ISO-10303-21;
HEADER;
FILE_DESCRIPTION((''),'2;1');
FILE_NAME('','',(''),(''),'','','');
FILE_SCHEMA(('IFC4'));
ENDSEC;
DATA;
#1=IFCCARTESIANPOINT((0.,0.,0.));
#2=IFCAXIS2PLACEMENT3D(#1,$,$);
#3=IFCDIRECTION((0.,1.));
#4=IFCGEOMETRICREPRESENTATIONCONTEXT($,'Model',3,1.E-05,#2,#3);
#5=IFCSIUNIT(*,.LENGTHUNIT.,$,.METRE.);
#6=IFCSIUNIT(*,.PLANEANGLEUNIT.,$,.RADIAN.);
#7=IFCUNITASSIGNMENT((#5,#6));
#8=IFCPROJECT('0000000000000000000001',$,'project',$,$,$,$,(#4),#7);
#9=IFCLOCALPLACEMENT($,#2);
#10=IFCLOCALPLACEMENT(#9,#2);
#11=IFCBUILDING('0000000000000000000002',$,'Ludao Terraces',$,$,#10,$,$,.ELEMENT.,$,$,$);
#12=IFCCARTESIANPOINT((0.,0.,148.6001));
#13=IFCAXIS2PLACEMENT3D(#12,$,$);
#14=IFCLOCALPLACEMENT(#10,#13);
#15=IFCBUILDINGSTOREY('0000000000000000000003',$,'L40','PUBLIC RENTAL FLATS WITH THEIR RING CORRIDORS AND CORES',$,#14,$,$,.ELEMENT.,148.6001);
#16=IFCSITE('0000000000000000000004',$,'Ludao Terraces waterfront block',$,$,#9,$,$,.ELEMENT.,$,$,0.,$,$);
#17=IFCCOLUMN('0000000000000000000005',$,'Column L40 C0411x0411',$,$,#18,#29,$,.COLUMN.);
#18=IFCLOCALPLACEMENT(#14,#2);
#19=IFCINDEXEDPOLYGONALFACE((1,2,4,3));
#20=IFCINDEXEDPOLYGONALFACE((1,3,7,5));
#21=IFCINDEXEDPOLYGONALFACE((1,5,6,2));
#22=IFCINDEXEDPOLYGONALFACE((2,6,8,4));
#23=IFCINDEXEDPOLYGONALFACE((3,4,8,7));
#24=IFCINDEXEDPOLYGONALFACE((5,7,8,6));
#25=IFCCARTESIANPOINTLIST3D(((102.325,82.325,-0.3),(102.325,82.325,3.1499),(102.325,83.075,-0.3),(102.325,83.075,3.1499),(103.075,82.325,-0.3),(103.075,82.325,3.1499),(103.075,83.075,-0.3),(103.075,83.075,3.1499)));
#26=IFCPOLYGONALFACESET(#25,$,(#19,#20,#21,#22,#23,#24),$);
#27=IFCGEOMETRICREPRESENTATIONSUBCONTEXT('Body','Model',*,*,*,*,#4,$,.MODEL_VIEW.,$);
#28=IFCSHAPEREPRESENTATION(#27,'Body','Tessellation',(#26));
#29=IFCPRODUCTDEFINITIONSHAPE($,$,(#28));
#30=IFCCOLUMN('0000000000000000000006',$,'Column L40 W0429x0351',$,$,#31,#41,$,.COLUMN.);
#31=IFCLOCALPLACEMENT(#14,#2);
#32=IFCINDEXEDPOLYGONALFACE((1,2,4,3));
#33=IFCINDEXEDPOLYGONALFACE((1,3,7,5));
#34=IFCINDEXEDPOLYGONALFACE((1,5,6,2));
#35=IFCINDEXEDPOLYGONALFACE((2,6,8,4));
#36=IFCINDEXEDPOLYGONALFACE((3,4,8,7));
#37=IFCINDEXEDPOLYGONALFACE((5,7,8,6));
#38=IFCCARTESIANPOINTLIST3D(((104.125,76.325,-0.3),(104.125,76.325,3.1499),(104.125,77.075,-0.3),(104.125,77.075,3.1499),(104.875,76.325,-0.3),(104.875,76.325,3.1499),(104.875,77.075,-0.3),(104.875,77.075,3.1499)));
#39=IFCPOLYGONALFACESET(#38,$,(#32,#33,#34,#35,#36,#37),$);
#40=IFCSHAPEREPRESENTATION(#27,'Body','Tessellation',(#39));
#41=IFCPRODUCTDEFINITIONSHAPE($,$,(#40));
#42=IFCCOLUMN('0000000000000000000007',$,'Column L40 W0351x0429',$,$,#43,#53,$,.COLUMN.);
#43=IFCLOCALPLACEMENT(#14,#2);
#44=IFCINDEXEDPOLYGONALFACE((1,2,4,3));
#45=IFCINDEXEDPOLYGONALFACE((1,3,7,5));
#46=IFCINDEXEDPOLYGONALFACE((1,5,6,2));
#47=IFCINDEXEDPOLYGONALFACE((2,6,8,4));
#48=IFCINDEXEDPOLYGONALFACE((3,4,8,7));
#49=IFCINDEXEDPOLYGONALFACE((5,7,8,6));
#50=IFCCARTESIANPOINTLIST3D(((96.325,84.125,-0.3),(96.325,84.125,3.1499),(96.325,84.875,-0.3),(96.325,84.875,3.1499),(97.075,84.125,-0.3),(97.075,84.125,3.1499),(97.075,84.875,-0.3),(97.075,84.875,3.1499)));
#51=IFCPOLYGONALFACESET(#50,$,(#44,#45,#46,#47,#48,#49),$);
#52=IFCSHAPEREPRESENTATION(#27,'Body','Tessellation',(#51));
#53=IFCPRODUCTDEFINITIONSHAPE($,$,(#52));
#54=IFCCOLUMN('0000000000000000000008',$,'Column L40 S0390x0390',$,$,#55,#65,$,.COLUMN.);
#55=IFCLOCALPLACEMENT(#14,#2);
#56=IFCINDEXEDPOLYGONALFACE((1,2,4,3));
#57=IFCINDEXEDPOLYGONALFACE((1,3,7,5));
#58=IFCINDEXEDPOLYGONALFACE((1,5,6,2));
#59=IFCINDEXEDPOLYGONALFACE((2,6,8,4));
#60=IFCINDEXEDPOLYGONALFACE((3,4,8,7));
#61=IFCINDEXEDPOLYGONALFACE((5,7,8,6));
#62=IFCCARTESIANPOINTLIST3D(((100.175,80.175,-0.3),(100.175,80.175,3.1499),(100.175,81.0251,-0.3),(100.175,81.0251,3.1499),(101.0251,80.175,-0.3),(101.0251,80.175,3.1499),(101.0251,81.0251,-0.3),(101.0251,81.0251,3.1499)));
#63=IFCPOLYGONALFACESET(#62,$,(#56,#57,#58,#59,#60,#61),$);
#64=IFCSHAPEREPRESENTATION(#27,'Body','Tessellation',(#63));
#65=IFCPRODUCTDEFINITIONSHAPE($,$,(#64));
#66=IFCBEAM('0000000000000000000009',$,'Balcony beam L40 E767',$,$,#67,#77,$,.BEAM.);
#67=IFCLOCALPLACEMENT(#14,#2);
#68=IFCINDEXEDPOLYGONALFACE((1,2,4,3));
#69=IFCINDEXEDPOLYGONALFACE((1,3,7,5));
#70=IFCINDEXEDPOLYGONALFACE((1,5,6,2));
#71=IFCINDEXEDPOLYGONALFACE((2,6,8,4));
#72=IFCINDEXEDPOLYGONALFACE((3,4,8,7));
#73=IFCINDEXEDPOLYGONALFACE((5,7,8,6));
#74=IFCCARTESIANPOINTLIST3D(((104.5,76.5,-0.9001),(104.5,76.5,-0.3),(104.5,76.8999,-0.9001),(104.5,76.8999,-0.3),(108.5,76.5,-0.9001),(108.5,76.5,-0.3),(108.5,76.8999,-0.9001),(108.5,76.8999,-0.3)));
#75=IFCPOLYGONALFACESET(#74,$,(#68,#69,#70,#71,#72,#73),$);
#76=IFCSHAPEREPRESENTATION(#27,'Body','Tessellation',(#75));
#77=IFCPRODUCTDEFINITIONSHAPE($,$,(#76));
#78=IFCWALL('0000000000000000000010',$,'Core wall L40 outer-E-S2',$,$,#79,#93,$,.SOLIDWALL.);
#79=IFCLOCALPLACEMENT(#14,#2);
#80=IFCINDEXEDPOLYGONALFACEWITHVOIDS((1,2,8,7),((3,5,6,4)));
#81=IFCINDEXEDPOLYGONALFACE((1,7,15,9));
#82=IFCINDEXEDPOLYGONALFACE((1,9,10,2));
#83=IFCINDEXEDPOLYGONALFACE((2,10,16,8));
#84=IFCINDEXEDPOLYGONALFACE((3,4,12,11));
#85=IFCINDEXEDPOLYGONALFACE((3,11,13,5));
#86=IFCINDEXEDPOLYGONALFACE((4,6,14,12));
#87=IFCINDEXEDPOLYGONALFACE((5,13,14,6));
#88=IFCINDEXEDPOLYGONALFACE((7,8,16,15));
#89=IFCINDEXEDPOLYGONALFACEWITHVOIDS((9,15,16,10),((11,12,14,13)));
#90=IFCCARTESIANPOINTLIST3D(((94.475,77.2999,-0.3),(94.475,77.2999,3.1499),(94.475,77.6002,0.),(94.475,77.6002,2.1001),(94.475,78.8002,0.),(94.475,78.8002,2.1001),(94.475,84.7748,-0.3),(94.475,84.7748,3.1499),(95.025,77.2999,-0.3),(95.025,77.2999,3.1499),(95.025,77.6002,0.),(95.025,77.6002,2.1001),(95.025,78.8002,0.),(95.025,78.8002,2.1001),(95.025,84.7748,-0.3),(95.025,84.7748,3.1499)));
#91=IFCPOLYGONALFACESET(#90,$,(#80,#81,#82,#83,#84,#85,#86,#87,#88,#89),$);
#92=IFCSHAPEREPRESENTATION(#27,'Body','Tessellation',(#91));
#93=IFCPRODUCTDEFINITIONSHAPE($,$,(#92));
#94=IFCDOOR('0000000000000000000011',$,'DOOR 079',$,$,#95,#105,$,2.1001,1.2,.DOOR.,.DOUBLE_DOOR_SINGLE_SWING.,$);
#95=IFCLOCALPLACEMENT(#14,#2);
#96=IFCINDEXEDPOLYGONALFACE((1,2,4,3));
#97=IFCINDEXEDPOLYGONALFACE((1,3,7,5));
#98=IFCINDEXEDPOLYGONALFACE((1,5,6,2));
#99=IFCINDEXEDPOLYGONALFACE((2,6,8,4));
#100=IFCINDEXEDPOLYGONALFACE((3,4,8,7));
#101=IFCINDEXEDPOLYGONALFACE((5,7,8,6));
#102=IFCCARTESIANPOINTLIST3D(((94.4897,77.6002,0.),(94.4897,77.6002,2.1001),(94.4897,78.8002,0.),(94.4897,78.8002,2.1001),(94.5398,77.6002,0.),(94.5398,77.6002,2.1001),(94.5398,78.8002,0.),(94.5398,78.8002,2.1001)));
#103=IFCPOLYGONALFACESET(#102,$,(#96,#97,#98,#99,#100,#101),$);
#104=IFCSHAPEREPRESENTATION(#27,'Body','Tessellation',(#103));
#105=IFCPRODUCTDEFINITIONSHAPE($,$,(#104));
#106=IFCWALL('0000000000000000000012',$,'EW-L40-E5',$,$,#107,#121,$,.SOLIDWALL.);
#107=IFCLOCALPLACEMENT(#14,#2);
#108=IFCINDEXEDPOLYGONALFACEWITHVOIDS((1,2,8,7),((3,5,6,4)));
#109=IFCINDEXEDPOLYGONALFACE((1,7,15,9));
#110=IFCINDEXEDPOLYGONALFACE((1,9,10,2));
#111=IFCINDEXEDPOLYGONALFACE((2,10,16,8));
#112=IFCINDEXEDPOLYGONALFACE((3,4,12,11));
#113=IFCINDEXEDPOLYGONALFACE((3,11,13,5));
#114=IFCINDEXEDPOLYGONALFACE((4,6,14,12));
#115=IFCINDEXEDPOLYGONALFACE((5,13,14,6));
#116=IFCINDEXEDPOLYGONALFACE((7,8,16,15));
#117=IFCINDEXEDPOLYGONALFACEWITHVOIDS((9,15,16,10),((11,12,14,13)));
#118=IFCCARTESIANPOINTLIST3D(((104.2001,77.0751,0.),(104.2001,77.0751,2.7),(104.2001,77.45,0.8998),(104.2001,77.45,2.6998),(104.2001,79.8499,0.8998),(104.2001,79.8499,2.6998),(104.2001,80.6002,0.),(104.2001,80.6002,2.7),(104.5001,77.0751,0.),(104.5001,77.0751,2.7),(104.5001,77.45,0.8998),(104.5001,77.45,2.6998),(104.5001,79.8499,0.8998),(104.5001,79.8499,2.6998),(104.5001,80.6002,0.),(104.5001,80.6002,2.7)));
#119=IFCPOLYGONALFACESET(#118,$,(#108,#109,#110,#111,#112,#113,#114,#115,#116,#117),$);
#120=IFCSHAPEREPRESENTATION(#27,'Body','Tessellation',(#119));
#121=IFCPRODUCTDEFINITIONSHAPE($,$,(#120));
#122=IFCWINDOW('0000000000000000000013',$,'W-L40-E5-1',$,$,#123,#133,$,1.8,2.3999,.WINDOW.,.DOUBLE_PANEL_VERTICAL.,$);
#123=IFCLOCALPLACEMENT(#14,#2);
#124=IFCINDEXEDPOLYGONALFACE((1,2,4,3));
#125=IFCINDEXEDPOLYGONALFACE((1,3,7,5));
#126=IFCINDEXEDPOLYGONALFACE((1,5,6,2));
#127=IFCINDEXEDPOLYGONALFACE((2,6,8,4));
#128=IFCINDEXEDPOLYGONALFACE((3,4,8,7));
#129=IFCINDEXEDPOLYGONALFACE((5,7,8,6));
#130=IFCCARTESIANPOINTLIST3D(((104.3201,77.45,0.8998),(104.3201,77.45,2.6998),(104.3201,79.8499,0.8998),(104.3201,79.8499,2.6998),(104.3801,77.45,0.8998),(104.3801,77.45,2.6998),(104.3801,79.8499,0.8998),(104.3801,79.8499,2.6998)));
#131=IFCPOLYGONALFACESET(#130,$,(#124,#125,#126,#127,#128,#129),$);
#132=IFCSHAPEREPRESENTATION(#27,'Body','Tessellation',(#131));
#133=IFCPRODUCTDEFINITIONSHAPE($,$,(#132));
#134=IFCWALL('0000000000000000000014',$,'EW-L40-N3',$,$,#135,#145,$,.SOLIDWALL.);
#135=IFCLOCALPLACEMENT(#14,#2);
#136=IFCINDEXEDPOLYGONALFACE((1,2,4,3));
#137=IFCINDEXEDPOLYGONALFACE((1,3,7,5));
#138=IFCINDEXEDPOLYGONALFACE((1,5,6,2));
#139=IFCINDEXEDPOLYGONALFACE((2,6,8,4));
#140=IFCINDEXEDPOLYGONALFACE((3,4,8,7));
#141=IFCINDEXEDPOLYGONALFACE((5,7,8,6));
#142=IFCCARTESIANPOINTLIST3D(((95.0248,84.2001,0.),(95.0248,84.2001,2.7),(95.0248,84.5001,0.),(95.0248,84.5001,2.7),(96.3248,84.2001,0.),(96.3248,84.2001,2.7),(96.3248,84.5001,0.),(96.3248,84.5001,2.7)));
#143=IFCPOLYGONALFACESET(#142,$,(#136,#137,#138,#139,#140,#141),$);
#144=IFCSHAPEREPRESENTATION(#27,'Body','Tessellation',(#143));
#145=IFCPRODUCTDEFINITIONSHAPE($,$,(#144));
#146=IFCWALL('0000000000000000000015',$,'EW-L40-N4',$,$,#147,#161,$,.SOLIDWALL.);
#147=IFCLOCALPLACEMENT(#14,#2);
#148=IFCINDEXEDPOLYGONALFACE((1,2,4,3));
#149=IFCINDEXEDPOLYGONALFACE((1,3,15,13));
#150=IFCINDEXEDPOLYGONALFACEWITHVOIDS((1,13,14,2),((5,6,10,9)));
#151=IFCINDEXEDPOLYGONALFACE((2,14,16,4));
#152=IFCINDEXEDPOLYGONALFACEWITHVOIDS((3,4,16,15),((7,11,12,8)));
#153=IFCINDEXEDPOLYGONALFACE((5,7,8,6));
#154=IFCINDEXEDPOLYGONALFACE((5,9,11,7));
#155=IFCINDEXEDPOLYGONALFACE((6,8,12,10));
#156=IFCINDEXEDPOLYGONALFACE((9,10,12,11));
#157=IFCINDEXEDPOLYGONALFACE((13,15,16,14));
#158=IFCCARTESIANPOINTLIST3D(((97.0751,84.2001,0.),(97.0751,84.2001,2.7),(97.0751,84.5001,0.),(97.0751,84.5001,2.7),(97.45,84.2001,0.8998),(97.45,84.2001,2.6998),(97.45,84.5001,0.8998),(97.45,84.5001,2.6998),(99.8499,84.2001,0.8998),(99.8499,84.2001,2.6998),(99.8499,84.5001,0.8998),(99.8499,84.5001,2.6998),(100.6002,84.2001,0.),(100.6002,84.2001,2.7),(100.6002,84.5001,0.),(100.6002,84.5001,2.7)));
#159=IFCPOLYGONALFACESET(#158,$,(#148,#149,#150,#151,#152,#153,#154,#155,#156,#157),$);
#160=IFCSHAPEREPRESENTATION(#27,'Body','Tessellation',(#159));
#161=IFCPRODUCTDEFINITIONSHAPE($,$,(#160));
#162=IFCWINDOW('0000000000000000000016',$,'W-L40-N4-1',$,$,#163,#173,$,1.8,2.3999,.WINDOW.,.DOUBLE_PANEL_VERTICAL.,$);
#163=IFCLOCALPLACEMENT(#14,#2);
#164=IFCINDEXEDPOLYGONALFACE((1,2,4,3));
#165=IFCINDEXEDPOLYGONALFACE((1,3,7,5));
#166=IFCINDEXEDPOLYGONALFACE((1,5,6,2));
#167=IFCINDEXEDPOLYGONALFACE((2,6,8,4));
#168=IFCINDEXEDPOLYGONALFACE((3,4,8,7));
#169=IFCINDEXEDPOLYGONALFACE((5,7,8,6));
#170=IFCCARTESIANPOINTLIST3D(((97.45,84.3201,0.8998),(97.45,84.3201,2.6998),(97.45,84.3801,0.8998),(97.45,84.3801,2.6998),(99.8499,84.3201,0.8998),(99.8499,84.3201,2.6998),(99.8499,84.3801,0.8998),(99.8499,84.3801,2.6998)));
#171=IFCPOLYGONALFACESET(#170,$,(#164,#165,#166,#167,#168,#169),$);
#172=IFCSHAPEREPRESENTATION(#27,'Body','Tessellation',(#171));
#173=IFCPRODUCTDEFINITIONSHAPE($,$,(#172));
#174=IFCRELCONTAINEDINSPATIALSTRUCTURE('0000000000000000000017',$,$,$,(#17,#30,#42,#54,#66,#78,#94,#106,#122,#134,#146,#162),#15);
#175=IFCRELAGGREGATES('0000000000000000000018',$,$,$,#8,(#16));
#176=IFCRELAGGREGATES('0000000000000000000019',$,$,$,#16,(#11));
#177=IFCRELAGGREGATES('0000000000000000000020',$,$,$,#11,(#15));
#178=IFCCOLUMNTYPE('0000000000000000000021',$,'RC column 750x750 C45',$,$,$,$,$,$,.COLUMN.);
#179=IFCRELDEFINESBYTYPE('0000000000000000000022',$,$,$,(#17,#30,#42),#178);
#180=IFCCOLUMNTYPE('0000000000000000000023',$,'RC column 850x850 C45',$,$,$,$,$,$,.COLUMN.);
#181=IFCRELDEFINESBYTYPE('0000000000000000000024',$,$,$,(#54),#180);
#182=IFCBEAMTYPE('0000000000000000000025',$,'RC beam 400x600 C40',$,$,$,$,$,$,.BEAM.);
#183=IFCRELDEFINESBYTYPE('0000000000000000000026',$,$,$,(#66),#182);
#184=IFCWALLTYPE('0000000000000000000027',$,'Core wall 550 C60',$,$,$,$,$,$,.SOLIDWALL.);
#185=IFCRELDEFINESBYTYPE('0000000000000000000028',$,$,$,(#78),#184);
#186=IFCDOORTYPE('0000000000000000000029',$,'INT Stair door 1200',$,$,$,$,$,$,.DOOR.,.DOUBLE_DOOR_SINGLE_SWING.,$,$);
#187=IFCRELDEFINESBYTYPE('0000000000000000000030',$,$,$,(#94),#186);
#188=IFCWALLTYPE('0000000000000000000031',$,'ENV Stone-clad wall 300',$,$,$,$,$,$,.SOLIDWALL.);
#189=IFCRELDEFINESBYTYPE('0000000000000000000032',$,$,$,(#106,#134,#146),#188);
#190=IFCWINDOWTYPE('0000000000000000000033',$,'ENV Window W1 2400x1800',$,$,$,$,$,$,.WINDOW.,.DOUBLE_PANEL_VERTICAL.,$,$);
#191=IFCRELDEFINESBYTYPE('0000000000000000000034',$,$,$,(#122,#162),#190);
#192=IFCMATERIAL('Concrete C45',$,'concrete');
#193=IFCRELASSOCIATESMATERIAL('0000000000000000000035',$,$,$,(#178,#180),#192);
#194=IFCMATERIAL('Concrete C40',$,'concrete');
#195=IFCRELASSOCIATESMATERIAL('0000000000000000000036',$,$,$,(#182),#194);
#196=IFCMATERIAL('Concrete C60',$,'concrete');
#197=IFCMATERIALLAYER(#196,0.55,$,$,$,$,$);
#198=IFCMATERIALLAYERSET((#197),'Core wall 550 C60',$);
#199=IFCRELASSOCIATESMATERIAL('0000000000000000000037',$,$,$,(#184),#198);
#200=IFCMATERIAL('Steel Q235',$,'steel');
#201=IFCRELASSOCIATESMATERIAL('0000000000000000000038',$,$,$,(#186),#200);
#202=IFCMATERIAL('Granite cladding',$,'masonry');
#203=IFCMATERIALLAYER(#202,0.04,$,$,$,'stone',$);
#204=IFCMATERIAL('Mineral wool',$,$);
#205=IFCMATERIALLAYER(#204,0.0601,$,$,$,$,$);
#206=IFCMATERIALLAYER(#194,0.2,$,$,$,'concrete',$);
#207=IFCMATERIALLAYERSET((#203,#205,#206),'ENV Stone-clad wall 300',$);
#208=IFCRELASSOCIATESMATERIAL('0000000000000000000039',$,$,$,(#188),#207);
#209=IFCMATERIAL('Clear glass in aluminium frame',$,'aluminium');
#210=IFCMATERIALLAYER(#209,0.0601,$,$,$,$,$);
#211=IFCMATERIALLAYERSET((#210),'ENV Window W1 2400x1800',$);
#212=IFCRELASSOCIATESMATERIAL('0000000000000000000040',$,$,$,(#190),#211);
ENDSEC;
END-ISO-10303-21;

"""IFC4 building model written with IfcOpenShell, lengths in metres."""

from ifc_helpers import new_model, si_unit, direction, frame, frame_2d, origin, origin_2d, place, context, subcontext, project, spatial, rectangle, extrude, material, layer, layer_set, material_profile, profile_set, type_object, element, fill, save


model = new_model("IFC4")

# Units and contexts
model_context = context("Model", 3, precision=1e-05, world=origin(), true_north=direction((0.0, 1.0)))
body_context = subcontext(model_context, "Body", "Model", "MODEL_VIEW")
ifc_project = project(units=[si_unit("LENGTHUNIT", "METRE"), si_unit("PLANEANGLEUNIT", "RADIAN")], contexts=[model_context])

# Site, building, storey
site_placement = place(None, origin())
site = spatial("IfcSite", under=ifc_project, at=site_placement, Name="Ludao Terraces waterfront block", CompositionType="ELEMENT", RefElevation=0.0)
building_placement = place(site_placement, origin())
building = spatial("IfcBuilding", under=site, at=building_placement, Name="Ludao Terraces", CompositionType="ELEMENT")
storey_placement = place(building_placement, frame((0.0, 0.0, 148.6001)))
storey = spatial("IfcBuildingStorey", under=building, at=storey_placement, Name="L40", Description="PUBLIC RENTAL FLATS WITH THEIR RING CORRIDORS AND CORES", CompositionType="ELEMENT", Elevation=148.6001)

# Columns
ifc_material_1 = material(Name="Concrete C45", Category="concrete")
ifc_material_profile_1 = material_profile(ifc_material_1, rectangle(XDim=0.75, YDim=0.75, at=origin_2d()), Name="750 X 750")
ifc_profile_set_1 = profile_set([ifc_material_profile_1], Name="Concrete C45")
column_type_1 = type_object("IfcColumnType", Name="RC column 750x750 C45", PredefinedType="COLUMN", material=ifc_profile_set_1)
for number, where, z_axis, x_axis, name in (
    (1, (102.7, 82.7, -0.3), (0.0, 0.0, 1.0), (1.0, 0.0, 0.0), "Column L40 C0411x0411"),
    (2, (104.5, 76.7, -0.3), (0.0, 0.0, 1.0), (1.0, 0.0, 0.0), "Column L40 W0429x0351"),
    (3, (96.7, 84.5, -0.3), (0.0, 0.0, 1.0), (1.0, 0.0, 0.0), "Column L40 W0351x0429"),
):
    element("IfcColumn", number, at=place(storey_placement, frame(where, z_axis=z_axis, x_axis=x_axis)), inside=storey, type_object=column_type_1, Name=name, PredefinedType="COLUMN", context=body_context, shape_type="SweptSolid", body=[
        extrude(rectangle(XDim=0.75, YDim=0.75, at=origin_2d()), origin(), (0.0, 0.0, 1.0), 3.45),
    ])
ifc_material_profile_2 = material_profile(ifc_material_1, rectangle(XDim=0.8501, YDim=0.8501, at=origin_2d()), Name="850 X 850")
ifc_profile_set_2 = profile_set([ifc_material_profile_2], Name="Concrete C45")
column_type_2 = type_object("IfcColumnType", Name="RC column 850x850 C45", PredefinedType="COLUMN", material=ifc_profile_set_2)
column_placement = place(storey_placement, frame((100.6001, 80.6001, -0.3), z_axis=(0.0, 0.0, 1.0), x_axis=(1.0, 0.0, 0.0)))
element("IfcColumn", 4, at=column_placement, inside=storey, type_object=column_type_2, Name="Column L40 S0390x0390", PredefinedType="COLUMN", context=body_context, shape_type="SweptSolid", body=[
    extrude(rectangle(XDim=0.8501, YDim=0.8501, at=origin_2d()), origin(), (0.0, 0.0, 1.0), 3.45),
])

# Beam
ifc_material_2 = material(Name="Concrete C40", Category="concrete")
ifc_material_profile_3 = material_profile(ifc_material_2, rectangle(XDim=0.3999, YDim=0.6001, at=origin_2d()), Name="400 X 600")
ifc_profile_set_3 = profile_set([ifc_material_profile_3], Name="Concrete C40")
beam_type = type_object("IfcBeamType", Name="RC beam 400x600 C40", PredefinedType="BEAM", material=ifc_profile_set_3)
beam_placement = place(storey_placement, frame((104.5, 76.7, -0.6001), z_axis=(1.0, 0.0, 0.0), x_axis=(0.0, 1.0, 0.0)))
element("IfcBeam", 5, at=beam_placement, inside=storey, type_object=beam_type, Name="Balcony beam L40 E767", PredefinedType="BEAM", context=body_context, shape_type="SweptSolid", body=[
    extrude(rectangle(XDim=0.3999, YDim=0.6001, at=origin_2d()), origin(), (0.0, 0.0, 1.0), 4.0),
])

# Wall, opening, door
ifc_material_3 = material(Name="Concrete C60", Category="concrete")
ifc_layer_1 = layer(ifc_material_3, 0.55)
ifc_layer_set_1 = layer_set([ifc_layer_1], Name="Core wall 550 C60")
wall_type_1 = type_object("IfcWallType", Name="Core wall 550 C60", PredefinedType="SOLIDWALL", material=ifc_layer_set_1)
wall_1_placement = place(storey_placement, frame((94.75, 77.3, -0.3), z_axis=(0.0, 0.0, 1.0), x_axis=(0.0, 1.0, 0.0)))
wall_1 = element("IfcWall", 6, at=wall_1_placement, inside=storey, type_object=wall_type_1, Name="Core wall L40 outer-E-S2", PredefinedType="SOLIDWALL", context=body_context, shape_type="SweptSolid", body=[
    extrude(rectangle(XDim=7.4749, YDim=0.55, at=frame_2d((3.7373, 0.0))), origin(), (0.0, 0.0, 1.0), 3.45),
])
opening_1_placement = place(wall_1_placement, frame((0.3, 0.0, 0.3)))
opening_1 = element("IfcOpeningElement", 7, at=opening_1_placement, cuts=wall_1, PredefinedType="OPENING", context=body_context, shape_type="SweptSolid", body=[
    extrude(rectangle(XDim=1.2, YDim=2.1001, at=frame_2d((0.6001, 1.05))), frame((0.0, 0.2852, 0.0), z_axis=(0.0, -1.0, 0.0), x_axis=(1.0, 0.0, 0.0)), (0.0, 0.0, 1.0), 0.5701),
])
ifc_material_4 = material(Name="Steel Q235", Category="steel")
door_type_1 = type_object("IfcDoorType", Name="INT Stair door 1200", OperationType="DOUBLE_DOOR_SINGLE_SWING", PredefinedType="DOOR", material=ifc_material_4)
door_1_placement = place(opening_1_placement, origin())
door_1 = element("IfcDoor", 8, at=door_1_placement, inside=storey, type_object=door_type_1, Name="DOOR 079", OperationType="DOUBLE_DOOR_SINGLE_SWING", OverallHeight=2.1001, OverallWidth=1.2, PredefinedType="DOOR", context=body_context, shape_type="SweptSolid", body=[
    extrude(rectangle(XDim=1.2, YDim=2.1001, at=frame_2d((0.6001, 1.05))), frame((0.0, 0.2603, 0.0), z_axis=(0.0, -1.0, 0.0), x_axis=(1.0, 0.0, 0.0)), (0.0, 0.0, 1.0), 0.05),
])
fill(opening_1, door_1)

# Wall, opening, window
ifc_material_5 = material(Name="Granite cladding", Category="masonry")
ifc_layer_2 = layer(ifc_material_5, 0.04, Category="stone")
ifc_material_6 = material(Name="Mineral wool")
ifc_layer_3 = layer(ifc_material_6, 0.0601)
ifc_layer_4 = layer(ifc_material_2, 0.2, Category="concrete")
ifc_layer_set_2 = layer_set([ifc_layer_2, ifc_layer_3, ifc_layer_4], Name="ENV Stone-clad wall 300")
wall_type_2 = type_object("IfcWallType", Name="ENV Stone-clad wall 300", PredefinedType="SOLIDWALL", material=ifc_layer_set_2)
wall_2_placement = place(storey_placement, frame((104.3501, 77.075, 0.0), z_axis=(0.0, 0.0, 1.0), x_axis=(0.0, 1.0, 0.0)))
wall_2 = element("IfcWall", 9, at=wall_2_placement, inside=storey, type_object=wall_type_2, Name="EW-L40-E5", PredefinedType="SOLIDWALL", context=body_context, shape_type="SweptSolid", body=[
    extrude(rectangle(XDim=3.5251, YDim=0.3, at=frame_2d((1.7627, 0.0))), origin(), (0.0, 0.0, 1.0), 2.7),
])
opening_2_placement = place(wall_2_placement, frame((0.375, 0.0, 0.8999)))
opening_2 = element("IfcOpeningElement", 10, at=opening_2_placement, cuts=wall_2, PredefinedType="OPENING", context=body_context, shape_type="SweptSolid", body=[
    extrude(rectangle(XDim=2.3999, YDim=1.8, at=frame_2d((1.2, 0.8999))), frame((0.0, 0.1602, 0.0), z_axis=(0.0, -1.0, 0.0), x_axis=(1.0, 0.0, 0.0)), (0.0, 0.0, 1.0), 0.3201),
])
ifc_material_7 = material(Name="Clear glass in aluminium frame", Category="aluminium")
ifc_layer_5 = layer(ifc_material_7, 0.0601)
ifc_layer_set_3 = layer_set([ifc_layer_5], Name="ENV Window W1 2400x1800")
window_type_1 = type_object("IfcWindowType", Name="ENV Window W1 2400x1800", PartitioningType="DOUBLE_PANEL_VERTICAL", PredefinedType="WINDOW", material=ifc_layer_set_3)
window_1_placement = place(opening_2_placement, origin())
window_1 = element("IfcWindow", 11, at=window_1_placement, inside=storey, type_object=window_type_1, Name="W-L40-E5-1", OverallHeight=1.8, OverallWidth=2.3999, PartitioningType="DOUBLE_PANEL_VERTICAL", PredefinedType="WINDOW", context=body_context, shape_type="SweptSolid", body=[
    extrude(rectangle(XDim=2.3999, YDim=1.8, at=frame_2d((1.2, 0.8999))), frame((0.0, 0.03, 0.0), z_axis=(0.0, -1.0, 0.0), x_axis=(1.0, 0.0, 0.0)), (0.0, 0.0, 1.0), 0.0601),
])
fill(opening_2, window_1)

# Wall
wall_3_placement = place(storey_placement, frame((95.0249, 84.3501, 0.0), z_axis=(0.0, 0.0, 1.0), x_axis=(1.0, 0.0, 0.0)))
element("IfcWall", 12, at=wall_3_placement, inside=storey, type_object=wall_type_2, Name="EW-L40-N3", PredefinedType="SOLIDWALL", context=body_context, shape_type="SweptSolid", body=[
    extrude(rectangle(XDim=1.3, YDim=0.3, at=frame_2d((0.6499, 0.0))), origin(), (0.0, 0.0, 1.0), 2.7),
])

# Wall, opening, window
wall_4_placement = place(storey_placement, frame((97.075, 84.3501, 0.0), z_axis=(0.0, 0.0, 1.0), x_axis=(1.0, 0.0, 0.0)))
wall_4 = element("IfcWall", 13, at=wall_4_placement, inside=storey, type_object=wall_type_2, Name="EW-L40-N4", PredefinedType="SOLIDWALL", context=body_context, shape_type="SweptSolid", body=[
    extrude(rectangle(XDim=3.5251, YDim=0.3, at=frame_2d((1.7627, 0.0))), origin(), (0.0, 0.0, 1.0), 2.7),
])
opening_3_placement = place(wall_4_placement, frame((0.375, 0.0, 0.8999)))
opening_3 = element("IfcOpeningElement", 14, at=opening_3_placement, cuts=wall_4, PredefinedType="OPENING", context=body_context, shape_type="SweptSolid", body=[
    extrude(rectangle(XDim=2.3999, YDim=1.8, at=frame_2d((1.2, 0.8999))), frame((0.0, 0.1602, 0.0), z_axis=(0.0, -1.0, 0.0), x_axis=(1.0, 0.0, 0.0)), (0.0, 0.0, 1.0), 0.3201),
])
window_2_placement = place(opening_3_placement, origin())
window_2 = element("IfcWindow", 15, at=window_2_placement, inside=storey, type_object=window_type_1, Name="W-L40-N4-1", OverallHeight=1.8, OverallWidth=2.3999, PartitioningType="DOUBLE_PANEL_VERTICAL", PredefinedType="WINDOW", context=body_context, shape_type="SweptSolid", body=[
    extrude(rectangle(XDim=2.3999, YDim=1.8, at=frame_2d((1.2, 0.8999))), frame((0.0, 0.03, 0.0), z_axis=(0.0, -1.0, 0.0), x_axis=(1.0, 0.0, 0.0)), (0.0, 0.0, 1.0), 0.0601),
])
fill(opening_3, window_2)

save(model, "model.ifc")
